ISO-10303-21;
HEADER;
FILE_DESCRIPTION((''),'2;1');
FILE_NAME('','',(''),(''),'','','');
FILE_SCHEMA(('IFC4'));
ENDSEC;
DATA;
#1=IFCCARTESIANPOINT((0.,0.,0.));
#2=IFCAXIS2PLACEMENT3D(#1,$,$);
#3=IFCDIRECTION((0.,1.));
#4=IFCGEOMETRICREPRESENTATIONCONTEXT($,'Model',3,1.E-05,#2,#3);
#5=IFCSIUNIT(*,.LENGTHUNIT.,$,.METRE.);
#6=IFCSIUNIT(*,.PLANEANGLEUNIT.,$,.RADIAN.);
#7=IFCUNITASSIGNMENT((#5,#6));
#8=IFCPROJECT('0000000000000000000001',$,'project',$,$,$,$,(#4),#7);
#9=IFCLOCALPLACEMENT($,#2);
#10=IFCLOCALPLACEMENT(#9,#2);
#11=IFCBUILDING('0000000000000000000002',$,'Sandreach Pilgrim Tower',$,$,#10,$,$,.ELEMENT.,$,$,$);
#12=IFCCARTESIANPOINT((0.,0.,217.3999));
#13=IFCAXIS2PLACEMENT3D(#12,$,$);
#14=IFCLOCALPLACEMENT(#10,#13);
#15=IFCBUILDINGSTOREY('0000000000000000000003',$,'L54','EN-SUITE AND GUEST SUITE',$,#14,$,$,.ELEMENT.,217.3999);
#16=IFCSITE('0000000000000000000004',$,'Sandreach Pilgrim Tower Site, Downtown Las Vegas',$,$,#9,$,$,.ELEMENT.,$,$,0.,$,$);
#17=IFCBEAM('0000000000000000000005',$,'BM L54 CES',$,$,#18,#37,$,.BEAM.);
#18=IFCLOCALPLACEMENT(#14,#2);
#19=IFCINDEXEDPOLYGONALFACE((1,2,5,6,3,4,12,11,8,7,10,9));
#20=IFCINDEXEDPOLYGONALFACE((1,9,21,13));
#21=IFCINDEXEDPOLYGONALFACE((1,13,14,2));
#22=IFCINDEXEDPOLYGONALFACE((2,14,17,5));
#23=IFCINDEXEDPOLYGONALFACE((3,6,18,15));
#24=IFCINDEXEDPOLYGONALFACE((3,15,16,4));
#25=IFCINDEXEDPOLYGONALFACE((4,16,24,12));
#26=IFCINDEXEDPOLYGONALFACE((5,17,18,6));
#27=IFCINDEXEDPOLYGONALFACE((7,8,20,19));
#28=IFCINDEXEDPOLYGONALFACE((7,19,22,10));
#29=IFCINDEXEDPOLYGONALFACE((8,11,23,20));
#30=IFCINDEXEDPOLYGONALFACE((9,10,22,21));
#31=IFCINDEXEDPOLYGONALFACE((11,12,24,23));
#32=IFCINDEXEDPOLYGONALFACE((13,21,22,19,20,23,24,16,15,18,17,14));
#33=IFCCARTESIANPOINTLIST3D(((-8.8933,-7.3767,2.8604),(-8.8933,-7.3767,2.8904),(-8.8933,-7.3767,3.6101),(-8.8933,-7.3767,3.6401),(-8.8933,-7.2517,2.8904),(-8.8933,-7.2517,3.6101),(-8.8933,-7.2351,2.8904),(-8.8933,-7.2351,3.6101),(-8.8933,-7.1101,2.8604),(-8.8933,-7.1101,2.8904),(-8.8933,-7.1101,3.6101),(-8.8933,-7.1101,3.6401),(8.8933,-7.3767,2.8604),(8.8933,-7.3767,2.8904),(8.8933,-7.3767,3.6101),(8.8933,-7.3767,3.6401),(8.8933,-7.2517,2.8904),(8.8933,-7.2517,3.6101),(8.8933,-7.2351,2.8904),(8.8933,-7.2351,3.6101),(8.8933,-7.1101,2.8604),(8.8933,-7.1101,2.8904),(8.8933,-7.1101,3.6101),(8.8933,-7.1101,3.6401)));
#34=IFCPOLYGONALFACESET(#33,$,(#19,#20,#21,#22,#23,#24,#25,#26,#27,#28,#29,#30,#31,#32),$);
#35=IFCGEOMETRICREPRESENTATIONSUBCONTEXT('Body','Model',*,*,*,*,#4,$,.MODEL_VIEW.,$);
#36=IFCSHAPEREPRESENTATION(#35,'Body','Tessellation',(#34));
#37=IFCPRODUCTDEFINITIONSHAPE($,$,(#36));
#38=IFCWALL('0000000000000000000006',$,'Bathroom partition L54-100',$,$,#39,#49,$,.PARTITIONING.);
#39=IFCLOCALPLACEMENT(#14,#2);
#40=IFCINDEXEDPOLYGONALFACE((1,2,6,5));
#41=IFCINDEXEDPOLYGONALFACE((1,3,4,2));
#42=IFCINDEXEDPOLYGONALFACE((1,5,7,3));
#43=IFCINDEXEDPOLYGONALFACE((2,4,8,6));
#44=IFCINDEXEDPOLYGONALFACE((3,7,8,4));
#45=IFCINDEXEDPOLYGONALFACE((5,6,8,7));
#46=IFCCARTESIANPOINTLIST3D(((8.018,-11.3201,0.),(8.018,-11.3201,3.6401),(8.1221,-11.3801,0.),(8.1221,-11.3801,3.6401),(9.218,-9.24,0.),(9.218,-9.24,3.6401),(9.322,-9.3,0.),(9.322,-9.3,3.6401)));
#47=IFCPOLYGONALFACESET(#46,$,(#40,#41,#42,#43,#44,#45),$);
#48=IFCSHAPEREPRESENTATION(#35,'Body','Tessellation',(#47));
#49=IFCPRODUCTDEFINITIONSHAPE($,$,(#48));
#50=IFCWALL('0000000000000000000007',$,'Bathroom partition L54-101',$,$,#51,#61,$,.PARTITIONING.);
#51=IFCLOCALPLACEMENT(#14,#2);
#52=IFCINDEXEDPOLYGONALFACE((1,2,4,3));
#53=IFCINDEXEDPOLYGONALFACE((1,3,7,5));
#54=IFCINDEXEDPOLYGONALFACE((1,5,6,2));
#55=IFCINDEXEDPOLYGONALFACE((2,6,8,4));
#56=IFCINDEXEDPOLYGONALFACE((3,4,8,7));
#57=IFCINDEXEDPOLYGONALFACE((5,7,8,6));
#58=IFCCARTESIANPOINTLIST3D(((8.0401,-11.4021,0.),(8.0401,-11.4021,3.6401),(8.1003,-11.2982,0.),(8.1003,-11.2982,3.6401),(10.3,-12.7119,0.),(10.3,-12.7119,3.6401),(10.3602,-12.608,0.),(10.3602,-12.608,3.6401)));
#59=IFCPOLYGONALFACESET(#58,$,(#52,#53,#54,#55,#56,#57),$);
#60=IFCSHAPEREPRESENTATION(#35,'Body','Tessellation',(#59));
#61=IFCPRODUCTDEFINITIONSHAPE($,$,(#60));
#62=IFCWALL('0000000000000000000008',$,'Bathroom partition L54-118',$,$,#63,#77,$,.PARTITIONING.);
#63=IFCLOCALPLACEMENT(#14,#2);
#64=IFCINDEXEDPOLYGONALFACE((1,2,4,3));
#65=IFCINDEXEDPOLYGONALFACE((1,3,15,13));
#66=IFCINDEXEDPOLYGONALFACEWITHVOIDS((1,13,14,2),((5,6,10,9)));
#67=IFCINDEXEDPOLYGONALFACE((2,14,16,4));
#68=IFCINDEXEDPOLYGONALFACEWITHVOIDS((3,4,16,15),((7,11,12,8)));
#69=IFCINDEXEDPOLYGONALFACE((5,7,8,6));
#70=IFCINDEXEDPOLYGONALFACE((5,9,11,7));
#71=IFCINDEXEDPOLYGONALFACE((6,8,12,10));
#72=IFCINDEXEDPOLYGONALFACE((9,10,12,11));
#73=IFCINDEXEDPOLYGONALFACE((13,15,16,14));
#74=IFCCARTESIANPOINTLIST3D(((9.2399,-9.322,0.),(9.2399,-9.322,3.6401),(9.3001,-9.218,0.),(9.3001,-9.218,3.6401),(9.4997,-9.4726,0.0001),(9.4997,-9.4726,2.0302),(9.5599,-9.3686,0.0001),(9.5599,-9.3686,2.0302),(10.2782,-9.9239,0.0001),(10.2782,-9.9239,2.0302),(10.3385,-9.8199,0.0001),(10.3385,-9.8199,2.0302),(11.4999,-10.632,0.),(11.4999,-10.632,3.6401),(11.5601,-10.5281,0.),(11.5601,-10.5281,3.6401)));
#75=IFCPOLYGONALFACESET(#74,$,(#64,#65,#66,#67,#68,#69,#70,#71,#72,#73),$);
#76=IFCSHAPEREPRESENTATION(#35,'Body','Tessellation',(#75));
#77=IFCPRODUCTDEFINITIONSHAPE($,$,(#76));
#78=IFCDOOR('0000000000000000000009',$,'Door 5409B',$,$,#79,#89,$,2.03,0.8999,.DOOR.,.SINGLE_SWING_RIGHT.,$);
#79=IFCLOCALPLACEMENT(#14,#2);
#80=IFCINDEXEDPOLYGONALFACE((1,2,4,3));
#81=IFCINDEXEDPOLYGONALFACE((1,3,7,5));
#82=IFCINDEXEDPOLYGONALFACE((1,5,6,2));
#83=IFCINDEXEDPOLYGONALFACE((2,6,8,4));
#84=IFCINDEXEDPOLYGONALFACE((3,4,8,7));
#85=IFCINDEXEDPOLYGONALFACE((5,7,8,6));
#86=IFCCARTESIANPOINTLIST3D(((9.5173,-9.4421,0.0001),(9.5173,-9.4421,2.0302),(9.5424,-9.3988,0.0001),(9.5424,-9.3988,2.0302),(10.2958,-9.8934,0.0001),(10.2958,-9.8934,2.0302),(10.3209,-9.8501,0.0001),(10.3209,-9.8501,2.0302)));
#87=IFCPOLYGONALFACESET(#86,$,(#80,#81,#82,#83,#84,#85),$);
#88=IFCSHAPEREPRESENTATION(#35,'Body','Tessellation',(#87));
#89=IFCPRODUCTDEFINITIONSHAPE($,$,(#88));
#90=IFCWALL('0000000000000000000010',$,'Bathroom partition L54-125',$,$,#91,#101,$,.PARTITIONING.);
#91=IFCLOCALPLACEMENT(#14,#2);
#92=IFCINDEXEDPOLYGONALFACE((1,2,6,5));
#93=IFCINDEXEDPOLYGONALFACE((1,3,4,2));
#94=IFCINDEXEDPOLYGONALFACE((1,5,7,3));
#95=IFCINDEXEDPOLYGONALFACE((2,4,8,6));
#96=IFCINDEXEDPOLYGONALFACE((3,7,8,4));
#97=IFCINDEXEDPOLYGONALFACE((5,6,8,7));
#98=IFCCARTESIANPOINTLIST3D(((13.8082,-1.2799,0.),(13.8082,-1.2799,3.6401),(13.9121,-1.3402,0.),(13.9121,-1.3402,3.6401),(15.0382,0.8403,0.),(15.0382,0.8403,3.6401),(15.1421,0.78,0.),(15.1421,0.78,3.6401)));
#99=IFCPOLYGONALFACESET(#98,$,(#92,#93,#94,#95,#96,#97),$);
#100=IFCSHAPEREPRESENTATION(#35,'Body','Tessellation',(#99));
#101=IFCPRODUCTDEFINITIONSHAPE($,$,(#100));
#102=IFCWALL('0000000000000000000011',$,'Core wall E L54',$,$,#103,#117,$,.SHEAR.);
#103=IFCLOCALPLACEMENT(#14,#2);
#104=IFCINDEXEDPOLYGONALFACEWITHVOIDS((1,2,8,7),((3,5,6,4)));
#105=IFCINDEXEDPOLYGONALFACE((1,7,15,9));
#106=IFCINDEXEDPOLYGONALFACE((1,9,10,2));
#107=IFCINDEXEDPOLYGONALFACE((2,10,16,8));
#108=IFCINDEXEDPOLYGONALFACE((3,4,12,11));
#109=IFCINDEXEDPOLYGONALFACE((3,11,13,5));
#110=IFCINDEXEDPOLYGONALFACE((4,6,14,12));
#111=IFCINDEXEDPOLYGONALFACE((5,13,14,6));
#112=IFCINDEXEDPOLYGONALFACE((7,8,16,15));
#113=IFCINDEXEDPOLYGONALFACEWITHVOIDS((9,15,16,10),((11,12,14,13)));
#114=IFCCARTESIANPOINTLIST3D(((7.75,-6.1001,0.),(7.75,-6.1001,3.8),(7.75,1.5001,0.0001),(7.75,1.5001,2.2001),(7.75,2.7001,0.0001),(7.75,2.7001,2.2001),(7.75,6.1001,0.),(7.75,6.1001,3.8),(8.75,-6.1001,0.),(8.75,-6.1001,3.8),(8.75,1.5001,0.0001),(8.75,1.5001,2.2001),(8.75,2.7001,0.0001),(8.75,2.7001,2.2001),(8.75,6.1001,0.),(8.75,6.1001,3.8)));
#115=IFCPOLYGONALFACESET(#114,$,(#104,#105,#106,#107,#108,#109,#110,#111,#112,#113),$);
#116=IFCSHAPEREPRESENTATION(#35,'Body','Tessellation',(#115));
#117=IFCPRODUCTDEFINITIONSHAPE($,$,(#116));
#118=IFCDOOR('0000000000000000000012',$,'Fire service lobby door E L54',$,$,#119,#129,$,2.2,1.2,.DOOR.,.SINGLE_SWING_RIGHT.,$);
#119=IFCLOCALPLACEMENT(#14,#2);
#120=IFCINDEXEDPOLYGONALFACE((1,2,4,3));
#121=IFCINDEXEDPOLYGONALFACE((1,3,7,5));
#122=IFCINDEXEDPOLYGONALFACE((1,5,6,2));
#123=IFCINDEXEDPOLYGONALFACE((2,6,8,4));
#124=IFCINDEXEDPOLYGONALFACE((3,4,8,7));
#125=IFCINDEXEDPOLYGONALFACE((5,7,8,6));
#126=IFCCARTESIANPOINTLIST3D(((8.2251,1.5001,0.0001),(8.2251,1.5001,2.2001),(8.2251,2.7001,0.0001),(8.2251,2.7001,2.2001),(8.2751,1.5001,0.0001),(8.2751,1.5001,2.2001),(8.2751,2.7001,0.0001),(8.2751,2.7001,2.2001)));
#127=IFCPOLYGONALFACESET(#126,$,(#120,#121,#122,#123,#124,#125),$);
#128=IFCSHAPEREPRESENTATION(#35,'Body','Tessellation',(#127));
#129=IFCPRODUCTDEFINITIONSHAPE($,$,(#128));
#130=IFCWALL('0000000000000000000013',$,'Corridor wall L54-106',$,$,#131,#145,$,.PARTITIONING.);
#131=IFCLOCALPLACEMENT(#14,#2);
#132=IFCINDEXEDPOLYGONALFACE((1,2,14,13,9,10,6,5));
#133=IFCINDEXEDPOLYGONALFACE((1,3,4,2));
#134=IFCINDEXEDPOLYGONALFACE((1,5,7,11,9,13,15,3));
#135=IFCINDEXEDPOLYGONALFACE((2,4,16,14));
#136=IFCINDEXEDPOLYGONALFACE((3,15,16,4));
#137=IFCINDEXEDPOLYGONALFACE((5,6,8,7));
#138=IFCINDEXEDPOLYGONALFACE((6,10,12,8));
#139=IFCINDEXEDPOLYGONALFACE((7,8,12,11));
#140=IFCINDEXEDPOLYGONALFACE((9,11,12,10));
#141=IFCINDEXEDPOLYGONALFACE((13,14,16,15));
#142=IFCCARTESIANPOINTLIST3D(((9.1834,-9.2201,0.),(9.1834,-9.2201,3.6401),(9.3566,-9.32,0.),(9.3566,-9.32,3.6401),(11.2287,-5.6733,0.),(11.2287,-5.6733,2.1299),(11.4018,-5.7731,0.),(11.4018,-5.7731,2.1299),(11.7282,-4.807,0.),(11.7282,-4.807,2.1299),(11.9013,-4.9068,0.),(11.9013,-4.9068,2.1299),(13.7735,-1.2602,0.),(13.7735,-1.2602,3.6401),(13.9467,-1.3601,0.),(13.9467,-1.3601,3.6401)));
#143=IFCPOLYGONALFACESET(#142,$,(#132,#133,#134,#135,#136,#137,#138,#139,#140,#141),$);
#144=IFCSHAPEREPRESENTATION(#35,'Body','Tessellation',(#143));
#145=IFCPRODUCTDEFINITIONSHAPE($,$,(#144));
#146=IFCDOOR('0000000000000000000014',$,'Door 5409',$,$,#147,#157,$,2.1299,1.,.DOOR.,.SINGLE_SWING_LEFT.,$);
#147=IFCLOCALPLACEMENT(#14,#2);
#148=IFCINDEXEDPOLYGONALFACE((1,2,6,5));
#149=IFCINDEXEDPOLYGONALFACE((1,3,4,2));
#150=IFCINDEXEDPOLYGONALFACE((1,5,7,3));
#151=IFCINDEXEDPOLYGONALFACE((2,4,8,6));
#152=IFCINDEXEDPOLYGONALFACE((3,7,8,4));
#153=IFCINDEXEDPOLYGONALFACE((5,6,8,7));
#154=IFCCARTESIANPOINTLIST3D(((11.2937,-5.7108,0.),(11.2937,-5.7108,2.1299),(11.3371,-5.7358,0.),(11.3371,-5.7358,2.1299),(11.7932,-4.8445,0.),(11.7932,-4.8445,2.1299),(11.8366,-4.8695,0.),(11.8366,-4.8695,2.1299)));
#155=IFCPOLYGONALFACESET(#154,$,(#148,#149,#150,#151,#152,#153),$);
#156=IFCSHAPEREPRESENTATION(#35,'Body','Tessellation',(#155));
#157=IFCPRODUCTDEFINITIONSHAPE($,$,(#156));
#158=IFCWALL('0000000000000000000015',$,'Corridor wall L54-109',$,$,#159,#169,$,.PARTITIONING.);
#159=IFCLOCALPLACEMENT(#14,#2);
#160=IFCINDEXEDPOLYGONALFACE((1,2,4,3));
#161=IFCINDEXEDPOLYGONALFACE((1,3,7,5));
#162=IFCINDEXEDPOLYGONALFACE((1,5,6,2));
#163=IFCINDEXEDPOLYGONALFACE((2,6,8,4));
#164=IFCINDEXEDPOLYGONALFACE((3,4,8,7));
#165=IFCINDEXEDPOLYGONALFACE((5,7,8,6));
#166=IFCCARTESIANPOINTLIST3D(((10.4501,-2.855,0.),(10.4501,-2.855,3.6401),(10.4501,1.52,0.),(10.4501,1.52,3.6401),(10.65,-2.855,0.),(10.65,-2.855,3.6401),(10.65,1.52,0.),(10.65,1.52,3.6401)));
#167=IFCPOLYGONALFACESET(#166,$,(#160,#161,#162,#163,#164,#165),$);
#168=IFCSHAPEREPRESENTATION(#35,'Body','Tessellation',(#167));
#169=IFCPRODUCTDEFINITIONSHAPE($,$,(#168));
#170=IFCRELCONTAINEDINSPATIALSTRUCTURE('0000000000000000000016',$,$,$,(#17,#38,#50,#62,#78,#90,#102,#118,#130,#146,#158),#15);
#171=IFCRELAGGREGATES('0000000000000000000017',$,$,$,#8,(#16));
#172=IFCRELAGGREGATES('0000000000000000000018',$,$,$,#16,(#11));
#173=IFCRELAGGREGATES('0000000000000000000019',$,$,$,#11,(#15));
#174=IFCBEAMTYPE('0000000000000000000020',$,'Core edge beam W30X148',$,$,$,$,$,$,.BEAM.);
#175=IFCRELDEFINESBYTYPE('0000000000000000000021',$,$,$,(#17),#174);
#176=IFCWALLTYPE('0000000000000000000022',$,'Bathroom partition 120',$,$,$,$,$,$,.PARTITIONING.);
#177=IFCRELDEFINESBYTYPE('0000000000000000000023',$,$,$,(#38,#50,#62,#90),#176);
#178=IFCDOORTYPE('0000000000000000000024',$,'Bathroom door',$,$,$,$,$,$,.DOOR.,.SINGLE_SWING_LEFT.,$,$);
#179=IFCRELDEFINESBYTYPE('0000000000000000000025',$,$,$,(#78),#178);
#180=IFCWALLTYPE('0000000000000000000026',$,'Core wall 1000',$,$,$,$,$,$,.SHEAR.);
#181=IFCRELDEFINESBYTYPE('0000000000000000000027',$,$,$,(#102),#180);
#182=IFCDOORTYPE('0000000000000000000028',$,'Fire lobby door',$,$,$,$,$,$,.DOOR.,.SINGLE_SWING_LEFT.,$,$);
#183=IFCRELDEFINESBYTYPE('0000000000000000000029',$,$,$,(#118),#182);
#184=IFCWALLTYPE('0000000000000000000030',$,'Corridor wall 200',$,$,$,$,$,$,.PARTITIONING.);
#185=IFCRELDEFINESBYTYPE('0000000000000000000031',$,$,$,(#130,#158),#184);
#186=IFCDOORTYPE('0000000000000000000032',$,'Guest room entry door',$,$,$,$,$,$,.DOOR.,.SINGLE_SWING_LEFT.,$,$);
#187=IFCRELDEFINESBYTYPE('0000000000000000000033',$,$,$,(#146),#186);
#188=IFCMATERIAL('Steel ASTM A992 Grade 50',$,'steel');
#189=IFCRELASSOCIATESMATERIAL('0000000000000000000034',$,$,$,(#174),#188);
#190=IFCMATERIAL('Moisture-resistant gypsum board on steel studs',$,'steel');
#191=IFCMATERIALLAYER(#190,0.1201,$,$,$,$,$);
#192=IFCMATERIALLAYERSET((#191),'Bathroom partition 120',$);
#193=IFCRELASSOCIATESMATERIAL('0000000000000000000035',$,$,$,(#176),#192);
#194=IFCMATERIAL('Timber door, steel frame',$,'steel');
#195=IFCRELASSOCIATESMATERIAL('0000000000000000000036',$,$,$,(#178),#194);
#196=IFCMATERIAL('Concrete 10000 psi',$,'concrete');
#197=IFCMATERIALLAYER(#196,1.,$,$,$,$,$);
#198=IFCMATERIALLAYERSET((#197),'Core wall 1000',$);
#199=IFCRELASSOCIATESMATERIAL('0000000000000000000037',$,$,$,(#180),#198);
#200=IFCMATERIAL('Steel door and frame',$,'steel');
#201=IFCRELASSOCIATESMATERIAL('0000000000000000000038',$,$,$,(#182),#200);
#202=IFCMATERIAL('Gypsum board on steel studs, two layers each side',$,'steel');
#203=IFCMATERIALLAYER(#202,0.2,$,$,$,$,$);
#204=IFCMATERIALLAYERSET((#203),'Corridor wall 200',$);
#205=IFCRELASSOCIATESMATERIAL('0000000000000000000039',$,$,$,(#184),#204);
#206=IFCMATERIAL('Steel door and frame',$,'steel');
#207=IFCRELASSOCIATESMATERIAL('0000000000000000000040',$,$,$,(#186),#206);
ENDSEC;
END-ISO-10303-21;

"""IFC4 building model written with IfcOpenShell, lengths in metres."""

from ifc_helpers import new_model, si_unit, direction, frame, frame_2d, origin, origin_2d, place, context, subcontext, project, spatial, rectangle, i_section, extrude, material, layer, layer_set, material_profile, profile_set, type_object, element, fill, save


model = new_model("IFC4")

# Units and contexts
model_context = context("Model", 3, precision=1e-05, world=origin(), true_north=direction((0.0, 1.0)))
body_context = subcontext(model_context, "Body", "Model", "MODEL_VIEW")
ifc_project = project(units=[si_unit("LENGTHUNIT", "METRE"), si_unit("PLANEANGLEUNIT", "RADIAN")], contexts=[model_context])

# Site, building, storey
site_placement = place(None, origin())
site = spatial("IfcSite", under=ifc_project, at=site_placement, Name="Sandreach Pilgrim Tower Site, Downtown Las Vegas", CompositionType="ELEMENT", RefElevation=0.0)
building_placement = place(site_placement, origin())
building = spatial("IfcBuilding", under=site, at=building_placement, Name="Sandreach Pilgrim Tower", CompositionType="ELEMENT")
storey_placement = place(building_placement, frame((0.0, 0.0, 217.3999)))
storey = spatial("IfcBuildingStorey", under=building, at=storey_placement, Name="L54", Description="EN-SUITE AND GUEST SUITE", CompositionType="ELEMENT", Elevation=217.3999)

# Beam
ifc_material_1 = material(Name="Steel ASTM A992 Grade 50", Category="steel")
ifc_material_profile = material_profile(ifc_material_1, i_section(OverallWidth=0.2666, OverallDepth=0.7798, WebThickness=0.0166, FlangeThickness=0.03, at=origin_2d()), Name="W30X148")
ifc_profile_set = profile_set([ifc_material_profile], Name="Steel ASTM A992 Grade 50")
beam_type = type_object("IfcBeamType", Name="Core edge beam W30X148", PredefinedType="BEAM", material=ifc_profile_set)
beam_placement = place(storey_placement, frame((8.8933, -7.2434, 3.2502), z_axis=(-1.0, 0.0, 0.0), x_axis=(0.0, -1.0, 0.0)))
element("IfcBeam", 1, at=beam_placement, inside=storey, type_object=beam_type, Name="BM L54 CES", PredefinedType="BEAM", context=body_context, shape_type="SweptSolid", body=[
    extrude(i_section(OverallWidth=0.2666, OverallDepth=0.7798, WebThickness=0.0166, FlangeThickness=0.03, at=origin_2d()), origin(), (0.0, 0.0, 1.0), 17.7866),
])

# Walls
ifc_material_2 = material(Name="Moisture-resistant gypsum board on steel studs", Category="steel")
ifc_layer_1 = layer(ifc_material_2, 0.1201)
ifc_layer_set_1 = layer_set([ifc_layer_1], Name="Bathroom partition 120")
wall_type_1 = type_object("IfcWallType", Name="Bathroom partition 120", PredefinedType="PARTITIONING", material=ifc_layer_set_1)
wall_1_placement = place(storey_placement, frame((8.0701, -11.3501, 0.0), z_axis=(0.0, 0.0, 1.0), x_axis=(0.499693, 0.866203, 0.0)))
element("IfcWall", 2, at=wall_1_placement, inside=storey, type_object=wall_type_1, Name="Bathroom partition L54-100", PredefinedType="PARTITIONING", context=body_context, shape_type="SweptSolid", body=[
    extrude(rectangle(XDim=2.4014, YDim=0.1201, at=frame_2d((1.2007, 0.0))), origin(), (0.0, 0.0, 1.0), 3.6401),
])
wall_2_placement = place(storey_placement, frame((8.0701, -11.3501, 0.0), z_axis=(0.0, 0.0, 1.0), x_axis=(0.865196, -0.501434, 0.0)))
element("IfcWall", 3, at=wall_2_placement, inside=storey, type_object=wall_type_1, Name="Bathroom partition L54-101", PredefinedType="PARTITIONING", context=body_context, shape_type="SweptSolid", body=[
    extrude(rectangle(XDim=2.6121, YDim=0.1201, at=frame_2d((1.3062, 0.0))), origin(), (0.0, 0.0, 1.0), 3.6401),
])

# Wall, opening, door
wall_3_placement = place(storey_placement, frame((11.53, -10.5801, 0.0), z_axis=(0.0, 0.0, 1.0), x_axis=(-0.865155, 0.501504, 0.0)))
wall_3 = element("IfcWall", 4, at=wall_3_placement, inside=storey, type_object=wall_type_1, Name="Bathroom partition L54-118", PredefinedType="PARTITIONING", context=body_context, shape_type="SweptSolid", body=[
    extrude(rectangle(XDim=2.6123, YDim=0.1201, at=frame_2d((1.3062, 0.0))), origin(), (0.0, 0.0, 1.0), 3.6401),
])
opening_1_placement = place(wall_3_placement, frame((1.4121, 0.0, 0.0)))
opening_1 = element("IfcOpeningElement", 5, at=opening_1_placement, cuts=wall_3, PredefinedType="OPENING", context=body_context, shape_type="SweptSolid", body=[
    extrude(rectangle(XDim=0.8999, YDim=2.03, at=frame_2d((0.45, 1.0151))), frame((0.0, 0.0601, 0.0), z_axis=(0.0, -1.0, 0.0), x_axis=(1.0, 0.0, 0.0)), (0.0, 0.0, 1.0), 0.1201),
])
ifc_material_3 = material(Name="Timber door, steel frame", Category="steel")
door_type_1 = type_object("IfcDoorType", Name="Bathroom door", OperationType="SINGLE_SWING_LEFT", PredefinedType="DOOR", material=ifc_material_3)
door_1_placement = place(opening_1_placement, origin())
door_1 = element("IfcDoor", 6, at=door_1_placement, inside=storey, type_object=door_type_1, Name="Door 5409B", OperationType="SINGLE_SWING_RIGHT", OverallHeight=2.03, OverallWidth=0.8999, PredefinedType="DOOR", context=body_context, shape_type="SweptSolid", body=[
    extrude(rectangle(XDim=0.8999, YDim=2.03, at=frame_2d((0.45, 1.0151))), frame((0.0, 0.0249, 0.0), z_axis=(0.0, -1.0, 0.0), x_axis=(1.0, 0.0, 0.0)), (0.0, 0.0, 1.0), 0.05),
])
fill(opening_1, door_1)

# Wall
wall_4_placement = place(storey_placement, frame((13.8601, -1.3101, 0.0), z_axis=(0.0, 0.0, 1.0), x_axis=(0.501813, 0.864976, 0.0)))
element("IfcWall", 7, at=wall_4_placement, inside=storey, type_object=wall_type_1, Name="Bathroom partition L54-125", PredefinedType="PARTITIONING", context=body_context, shape_type="SweptSolid", body=[
    extrude(rectangle(XDim=2.4512, YDim=0.1201, at=frame_2d((1.2256, 0.0))), origin(), (0.0, 0.0, 1.0), 3.6401),
])

# Walls, openings, doors
ifc_material_4 = material(Name="Concrete 10000 psi", Category="concrete")
ifc_layer_2 = layer(ifc_material_4, 1.0)
ifc_layer_set_2 = layer_set([ifc_layer_2], Name="Core wall 1000")
wall_type_2 = type_object("IfcWallType", Name="Core wall 1000", PredefinedType="SHEAR", material=ifc_layer_set_2)
wall_5_placement = place(storey_placement, frame((8.25, -6.1001, 0.0), z_axis=(0.0, 0.0, 1.0), x_axis=(0.0, 1.0, 0.0)))
wall_5 = element("IfcWall", 8, at=wall_5_placement, inside=storey, type_object=wall_type_2, Name="Core wall E L54", PredefinedType="SHEAR", context=body_context, shape_type="SweptSolid", body=[
    extrude(rectangle(XDim=12.2002, YDim=1.0, at=frame_2d((6.1001, 0.0))), origin(), (0.0, 0.0, 1.0), 3.8),
])
opening_2_placement = place(wall_5_placement, frame((7.6001, 0.0, 0.0)))
opening_2 = element("IfcOpeningElement", 9, at=opening_2_placement, cuts=wall_5, PredefinedType="OPENING", context=body_context, shape_type="SweptSolid", body=[
    extrude(rectangle(XDim=1.2, YDim=2.2, at=frame_2d((0.6001, 1.1001))), frame((0.0, 0.5, 0.0), z_axis=(0.0, -1.0, 0.0), x_axis=(1.0, 0.0, 0.0)), (0.0, 0.0, 1.0), 1.0),
])
ifc_material_5 = material(Name="Steel door and frame", Category="steel")
door_type_2 = type_object("IfcDoorType", Name="Fire lobby door", OperationType="SINGLE_SWING_LEFT", PredefinedType="DOOR", material=ifc_material_5)
door_2_placement = place(opening_2_placement, origin())
door_2 = element("IfcDoor", 10, at=door_2_placement, inside=storey, type_object=door_type_2, Name="Fire service lobby door E L54", OperationType="SINGLE_SWING_RIGHT", OverallHeight=2.2, OverallWidth=1.2, PredefinedType="DOOR", context=body_context, shape_type="SweptSolid", body=[
    extrude(rectangle(XDim=1.2, YDim=2.2, at=frame_2d((0.6001, 1.1001))), frame((0.0, 0.0249, 0.0), z_axis=(0.0, -1.0, 0.0), x_axis=(1.0, 0.0, 0.0)), (0.0, 0.0, 1.0), 0.05),
])
fill(opening_2, door_2)
ifc_material_6 = material(Name="Gypsum board on steel studs, two layers each side", Category="steel")
ifc_layer_3 = layer(ifc_material_6, 0.2)
ifc_layer_set_3 = layer_set([ifc_layer_3], Name="Corridor wall 200")
wall_type_3 = type_object("IfcWallType", Name="Corridor wall 200", PredefinedType="PARTITIONING", material=ifc_layer_set_3)
ifc_material_7 = material(Name="Steel door and frame", Category="steel")
door_type_3 = type_object("IfcDoorType", Name="Guest room entry door", OperationType="SINGLE_SWING_LEFT", PredefinedType="DOOR", material=ifc_material_7)
wall_6_placement = place(storey_placement, frame((9.27, -9.27, 0.0), z_axis=(0.0, 0.0, 1.0), x_axis=(0.499543, 0.866289, 0.0)))
wall_6 = element("IfcWall", 11, at=wall_6_placement, inside=storey, type_object=wall_type_3, Name="Corridor wall L54-106", PredefinedType="PARTITIONING", context=body_context, shape_type="SweptSolid", body=[
    extrude(rectangle(XDim=9.1885, YDim=0.2, at=frame_2d((4.5942, 0.0))), origin(), (0.0, 0.0, 1.0), 3.6401),
])
opening_3_placement = place(wall_6_placement, frame((4.0942, 0.0, 0.0)))
opening_3 = element("IfcOpeningElement", 12, at=opening_3_placement, cuts=wall_6, PredefinedType="OPENING", context=body_context, shape_type="SweptSolid", body=[
    extrude(rectangle(XDim=1.0, YDim=2.1299, at=frame_2d((0.5, 1.0649))), frame((0.0, 0.1001, 0.0), z_axis=(0.0, -1.0, 0.0), x_axis=(1.0, 0.0, 0.0)), (0.0, 0.0, 1.0), 0.2),
])
door_3_placement = place(opening_3_placement, origin())
door_3 = element("IfcDoor", 13, at=door_3_placement, inside=storey, type_object=door_type_3, Name="Door 5409", OperationType="SINGLE_SWING_LEFT", OverallHeight=2.1299, OverallWidth=1.0, PredefinedType="DOOR", context=body_context, shape_type="SweptSolid", body=[
    extrude(rectangle(XDim=1.0, YDim=2.1299, at=frame_2d((0.5, 1.0649))), frame((0.0, 0.0249, 0.0), z_axis=(0.0, -1.0, 0.0), x_axis=(1.0, 0.0, 0.0)), (0.0, 0.0, 1.0), 0.05),
])
fill(opening_3, door_3)

# Wall
wall_7_placement = place(storey_placement, frame((10.55, -2.855, 0.0), z_axis=(0.0, 0.0, 1.0), x_axis=(0.0, 1.0, 0.0)))
element("IfcWall", 14, at=wall_7_placement, inside=storey, type_object=wall_type_3, Name="Corridor wall L54-109", PredefinedType="PARTITIONING", context=body_context, shape_type="SweptSolid", body=[
    extrude(rectangle(XDim=4.375, YDim=0.2, at=frame_2d((2.1875, 0.0))), origin(), (0.0, 0.0, 1.0), 3.6401),
])

save(model, "model.ifc")
